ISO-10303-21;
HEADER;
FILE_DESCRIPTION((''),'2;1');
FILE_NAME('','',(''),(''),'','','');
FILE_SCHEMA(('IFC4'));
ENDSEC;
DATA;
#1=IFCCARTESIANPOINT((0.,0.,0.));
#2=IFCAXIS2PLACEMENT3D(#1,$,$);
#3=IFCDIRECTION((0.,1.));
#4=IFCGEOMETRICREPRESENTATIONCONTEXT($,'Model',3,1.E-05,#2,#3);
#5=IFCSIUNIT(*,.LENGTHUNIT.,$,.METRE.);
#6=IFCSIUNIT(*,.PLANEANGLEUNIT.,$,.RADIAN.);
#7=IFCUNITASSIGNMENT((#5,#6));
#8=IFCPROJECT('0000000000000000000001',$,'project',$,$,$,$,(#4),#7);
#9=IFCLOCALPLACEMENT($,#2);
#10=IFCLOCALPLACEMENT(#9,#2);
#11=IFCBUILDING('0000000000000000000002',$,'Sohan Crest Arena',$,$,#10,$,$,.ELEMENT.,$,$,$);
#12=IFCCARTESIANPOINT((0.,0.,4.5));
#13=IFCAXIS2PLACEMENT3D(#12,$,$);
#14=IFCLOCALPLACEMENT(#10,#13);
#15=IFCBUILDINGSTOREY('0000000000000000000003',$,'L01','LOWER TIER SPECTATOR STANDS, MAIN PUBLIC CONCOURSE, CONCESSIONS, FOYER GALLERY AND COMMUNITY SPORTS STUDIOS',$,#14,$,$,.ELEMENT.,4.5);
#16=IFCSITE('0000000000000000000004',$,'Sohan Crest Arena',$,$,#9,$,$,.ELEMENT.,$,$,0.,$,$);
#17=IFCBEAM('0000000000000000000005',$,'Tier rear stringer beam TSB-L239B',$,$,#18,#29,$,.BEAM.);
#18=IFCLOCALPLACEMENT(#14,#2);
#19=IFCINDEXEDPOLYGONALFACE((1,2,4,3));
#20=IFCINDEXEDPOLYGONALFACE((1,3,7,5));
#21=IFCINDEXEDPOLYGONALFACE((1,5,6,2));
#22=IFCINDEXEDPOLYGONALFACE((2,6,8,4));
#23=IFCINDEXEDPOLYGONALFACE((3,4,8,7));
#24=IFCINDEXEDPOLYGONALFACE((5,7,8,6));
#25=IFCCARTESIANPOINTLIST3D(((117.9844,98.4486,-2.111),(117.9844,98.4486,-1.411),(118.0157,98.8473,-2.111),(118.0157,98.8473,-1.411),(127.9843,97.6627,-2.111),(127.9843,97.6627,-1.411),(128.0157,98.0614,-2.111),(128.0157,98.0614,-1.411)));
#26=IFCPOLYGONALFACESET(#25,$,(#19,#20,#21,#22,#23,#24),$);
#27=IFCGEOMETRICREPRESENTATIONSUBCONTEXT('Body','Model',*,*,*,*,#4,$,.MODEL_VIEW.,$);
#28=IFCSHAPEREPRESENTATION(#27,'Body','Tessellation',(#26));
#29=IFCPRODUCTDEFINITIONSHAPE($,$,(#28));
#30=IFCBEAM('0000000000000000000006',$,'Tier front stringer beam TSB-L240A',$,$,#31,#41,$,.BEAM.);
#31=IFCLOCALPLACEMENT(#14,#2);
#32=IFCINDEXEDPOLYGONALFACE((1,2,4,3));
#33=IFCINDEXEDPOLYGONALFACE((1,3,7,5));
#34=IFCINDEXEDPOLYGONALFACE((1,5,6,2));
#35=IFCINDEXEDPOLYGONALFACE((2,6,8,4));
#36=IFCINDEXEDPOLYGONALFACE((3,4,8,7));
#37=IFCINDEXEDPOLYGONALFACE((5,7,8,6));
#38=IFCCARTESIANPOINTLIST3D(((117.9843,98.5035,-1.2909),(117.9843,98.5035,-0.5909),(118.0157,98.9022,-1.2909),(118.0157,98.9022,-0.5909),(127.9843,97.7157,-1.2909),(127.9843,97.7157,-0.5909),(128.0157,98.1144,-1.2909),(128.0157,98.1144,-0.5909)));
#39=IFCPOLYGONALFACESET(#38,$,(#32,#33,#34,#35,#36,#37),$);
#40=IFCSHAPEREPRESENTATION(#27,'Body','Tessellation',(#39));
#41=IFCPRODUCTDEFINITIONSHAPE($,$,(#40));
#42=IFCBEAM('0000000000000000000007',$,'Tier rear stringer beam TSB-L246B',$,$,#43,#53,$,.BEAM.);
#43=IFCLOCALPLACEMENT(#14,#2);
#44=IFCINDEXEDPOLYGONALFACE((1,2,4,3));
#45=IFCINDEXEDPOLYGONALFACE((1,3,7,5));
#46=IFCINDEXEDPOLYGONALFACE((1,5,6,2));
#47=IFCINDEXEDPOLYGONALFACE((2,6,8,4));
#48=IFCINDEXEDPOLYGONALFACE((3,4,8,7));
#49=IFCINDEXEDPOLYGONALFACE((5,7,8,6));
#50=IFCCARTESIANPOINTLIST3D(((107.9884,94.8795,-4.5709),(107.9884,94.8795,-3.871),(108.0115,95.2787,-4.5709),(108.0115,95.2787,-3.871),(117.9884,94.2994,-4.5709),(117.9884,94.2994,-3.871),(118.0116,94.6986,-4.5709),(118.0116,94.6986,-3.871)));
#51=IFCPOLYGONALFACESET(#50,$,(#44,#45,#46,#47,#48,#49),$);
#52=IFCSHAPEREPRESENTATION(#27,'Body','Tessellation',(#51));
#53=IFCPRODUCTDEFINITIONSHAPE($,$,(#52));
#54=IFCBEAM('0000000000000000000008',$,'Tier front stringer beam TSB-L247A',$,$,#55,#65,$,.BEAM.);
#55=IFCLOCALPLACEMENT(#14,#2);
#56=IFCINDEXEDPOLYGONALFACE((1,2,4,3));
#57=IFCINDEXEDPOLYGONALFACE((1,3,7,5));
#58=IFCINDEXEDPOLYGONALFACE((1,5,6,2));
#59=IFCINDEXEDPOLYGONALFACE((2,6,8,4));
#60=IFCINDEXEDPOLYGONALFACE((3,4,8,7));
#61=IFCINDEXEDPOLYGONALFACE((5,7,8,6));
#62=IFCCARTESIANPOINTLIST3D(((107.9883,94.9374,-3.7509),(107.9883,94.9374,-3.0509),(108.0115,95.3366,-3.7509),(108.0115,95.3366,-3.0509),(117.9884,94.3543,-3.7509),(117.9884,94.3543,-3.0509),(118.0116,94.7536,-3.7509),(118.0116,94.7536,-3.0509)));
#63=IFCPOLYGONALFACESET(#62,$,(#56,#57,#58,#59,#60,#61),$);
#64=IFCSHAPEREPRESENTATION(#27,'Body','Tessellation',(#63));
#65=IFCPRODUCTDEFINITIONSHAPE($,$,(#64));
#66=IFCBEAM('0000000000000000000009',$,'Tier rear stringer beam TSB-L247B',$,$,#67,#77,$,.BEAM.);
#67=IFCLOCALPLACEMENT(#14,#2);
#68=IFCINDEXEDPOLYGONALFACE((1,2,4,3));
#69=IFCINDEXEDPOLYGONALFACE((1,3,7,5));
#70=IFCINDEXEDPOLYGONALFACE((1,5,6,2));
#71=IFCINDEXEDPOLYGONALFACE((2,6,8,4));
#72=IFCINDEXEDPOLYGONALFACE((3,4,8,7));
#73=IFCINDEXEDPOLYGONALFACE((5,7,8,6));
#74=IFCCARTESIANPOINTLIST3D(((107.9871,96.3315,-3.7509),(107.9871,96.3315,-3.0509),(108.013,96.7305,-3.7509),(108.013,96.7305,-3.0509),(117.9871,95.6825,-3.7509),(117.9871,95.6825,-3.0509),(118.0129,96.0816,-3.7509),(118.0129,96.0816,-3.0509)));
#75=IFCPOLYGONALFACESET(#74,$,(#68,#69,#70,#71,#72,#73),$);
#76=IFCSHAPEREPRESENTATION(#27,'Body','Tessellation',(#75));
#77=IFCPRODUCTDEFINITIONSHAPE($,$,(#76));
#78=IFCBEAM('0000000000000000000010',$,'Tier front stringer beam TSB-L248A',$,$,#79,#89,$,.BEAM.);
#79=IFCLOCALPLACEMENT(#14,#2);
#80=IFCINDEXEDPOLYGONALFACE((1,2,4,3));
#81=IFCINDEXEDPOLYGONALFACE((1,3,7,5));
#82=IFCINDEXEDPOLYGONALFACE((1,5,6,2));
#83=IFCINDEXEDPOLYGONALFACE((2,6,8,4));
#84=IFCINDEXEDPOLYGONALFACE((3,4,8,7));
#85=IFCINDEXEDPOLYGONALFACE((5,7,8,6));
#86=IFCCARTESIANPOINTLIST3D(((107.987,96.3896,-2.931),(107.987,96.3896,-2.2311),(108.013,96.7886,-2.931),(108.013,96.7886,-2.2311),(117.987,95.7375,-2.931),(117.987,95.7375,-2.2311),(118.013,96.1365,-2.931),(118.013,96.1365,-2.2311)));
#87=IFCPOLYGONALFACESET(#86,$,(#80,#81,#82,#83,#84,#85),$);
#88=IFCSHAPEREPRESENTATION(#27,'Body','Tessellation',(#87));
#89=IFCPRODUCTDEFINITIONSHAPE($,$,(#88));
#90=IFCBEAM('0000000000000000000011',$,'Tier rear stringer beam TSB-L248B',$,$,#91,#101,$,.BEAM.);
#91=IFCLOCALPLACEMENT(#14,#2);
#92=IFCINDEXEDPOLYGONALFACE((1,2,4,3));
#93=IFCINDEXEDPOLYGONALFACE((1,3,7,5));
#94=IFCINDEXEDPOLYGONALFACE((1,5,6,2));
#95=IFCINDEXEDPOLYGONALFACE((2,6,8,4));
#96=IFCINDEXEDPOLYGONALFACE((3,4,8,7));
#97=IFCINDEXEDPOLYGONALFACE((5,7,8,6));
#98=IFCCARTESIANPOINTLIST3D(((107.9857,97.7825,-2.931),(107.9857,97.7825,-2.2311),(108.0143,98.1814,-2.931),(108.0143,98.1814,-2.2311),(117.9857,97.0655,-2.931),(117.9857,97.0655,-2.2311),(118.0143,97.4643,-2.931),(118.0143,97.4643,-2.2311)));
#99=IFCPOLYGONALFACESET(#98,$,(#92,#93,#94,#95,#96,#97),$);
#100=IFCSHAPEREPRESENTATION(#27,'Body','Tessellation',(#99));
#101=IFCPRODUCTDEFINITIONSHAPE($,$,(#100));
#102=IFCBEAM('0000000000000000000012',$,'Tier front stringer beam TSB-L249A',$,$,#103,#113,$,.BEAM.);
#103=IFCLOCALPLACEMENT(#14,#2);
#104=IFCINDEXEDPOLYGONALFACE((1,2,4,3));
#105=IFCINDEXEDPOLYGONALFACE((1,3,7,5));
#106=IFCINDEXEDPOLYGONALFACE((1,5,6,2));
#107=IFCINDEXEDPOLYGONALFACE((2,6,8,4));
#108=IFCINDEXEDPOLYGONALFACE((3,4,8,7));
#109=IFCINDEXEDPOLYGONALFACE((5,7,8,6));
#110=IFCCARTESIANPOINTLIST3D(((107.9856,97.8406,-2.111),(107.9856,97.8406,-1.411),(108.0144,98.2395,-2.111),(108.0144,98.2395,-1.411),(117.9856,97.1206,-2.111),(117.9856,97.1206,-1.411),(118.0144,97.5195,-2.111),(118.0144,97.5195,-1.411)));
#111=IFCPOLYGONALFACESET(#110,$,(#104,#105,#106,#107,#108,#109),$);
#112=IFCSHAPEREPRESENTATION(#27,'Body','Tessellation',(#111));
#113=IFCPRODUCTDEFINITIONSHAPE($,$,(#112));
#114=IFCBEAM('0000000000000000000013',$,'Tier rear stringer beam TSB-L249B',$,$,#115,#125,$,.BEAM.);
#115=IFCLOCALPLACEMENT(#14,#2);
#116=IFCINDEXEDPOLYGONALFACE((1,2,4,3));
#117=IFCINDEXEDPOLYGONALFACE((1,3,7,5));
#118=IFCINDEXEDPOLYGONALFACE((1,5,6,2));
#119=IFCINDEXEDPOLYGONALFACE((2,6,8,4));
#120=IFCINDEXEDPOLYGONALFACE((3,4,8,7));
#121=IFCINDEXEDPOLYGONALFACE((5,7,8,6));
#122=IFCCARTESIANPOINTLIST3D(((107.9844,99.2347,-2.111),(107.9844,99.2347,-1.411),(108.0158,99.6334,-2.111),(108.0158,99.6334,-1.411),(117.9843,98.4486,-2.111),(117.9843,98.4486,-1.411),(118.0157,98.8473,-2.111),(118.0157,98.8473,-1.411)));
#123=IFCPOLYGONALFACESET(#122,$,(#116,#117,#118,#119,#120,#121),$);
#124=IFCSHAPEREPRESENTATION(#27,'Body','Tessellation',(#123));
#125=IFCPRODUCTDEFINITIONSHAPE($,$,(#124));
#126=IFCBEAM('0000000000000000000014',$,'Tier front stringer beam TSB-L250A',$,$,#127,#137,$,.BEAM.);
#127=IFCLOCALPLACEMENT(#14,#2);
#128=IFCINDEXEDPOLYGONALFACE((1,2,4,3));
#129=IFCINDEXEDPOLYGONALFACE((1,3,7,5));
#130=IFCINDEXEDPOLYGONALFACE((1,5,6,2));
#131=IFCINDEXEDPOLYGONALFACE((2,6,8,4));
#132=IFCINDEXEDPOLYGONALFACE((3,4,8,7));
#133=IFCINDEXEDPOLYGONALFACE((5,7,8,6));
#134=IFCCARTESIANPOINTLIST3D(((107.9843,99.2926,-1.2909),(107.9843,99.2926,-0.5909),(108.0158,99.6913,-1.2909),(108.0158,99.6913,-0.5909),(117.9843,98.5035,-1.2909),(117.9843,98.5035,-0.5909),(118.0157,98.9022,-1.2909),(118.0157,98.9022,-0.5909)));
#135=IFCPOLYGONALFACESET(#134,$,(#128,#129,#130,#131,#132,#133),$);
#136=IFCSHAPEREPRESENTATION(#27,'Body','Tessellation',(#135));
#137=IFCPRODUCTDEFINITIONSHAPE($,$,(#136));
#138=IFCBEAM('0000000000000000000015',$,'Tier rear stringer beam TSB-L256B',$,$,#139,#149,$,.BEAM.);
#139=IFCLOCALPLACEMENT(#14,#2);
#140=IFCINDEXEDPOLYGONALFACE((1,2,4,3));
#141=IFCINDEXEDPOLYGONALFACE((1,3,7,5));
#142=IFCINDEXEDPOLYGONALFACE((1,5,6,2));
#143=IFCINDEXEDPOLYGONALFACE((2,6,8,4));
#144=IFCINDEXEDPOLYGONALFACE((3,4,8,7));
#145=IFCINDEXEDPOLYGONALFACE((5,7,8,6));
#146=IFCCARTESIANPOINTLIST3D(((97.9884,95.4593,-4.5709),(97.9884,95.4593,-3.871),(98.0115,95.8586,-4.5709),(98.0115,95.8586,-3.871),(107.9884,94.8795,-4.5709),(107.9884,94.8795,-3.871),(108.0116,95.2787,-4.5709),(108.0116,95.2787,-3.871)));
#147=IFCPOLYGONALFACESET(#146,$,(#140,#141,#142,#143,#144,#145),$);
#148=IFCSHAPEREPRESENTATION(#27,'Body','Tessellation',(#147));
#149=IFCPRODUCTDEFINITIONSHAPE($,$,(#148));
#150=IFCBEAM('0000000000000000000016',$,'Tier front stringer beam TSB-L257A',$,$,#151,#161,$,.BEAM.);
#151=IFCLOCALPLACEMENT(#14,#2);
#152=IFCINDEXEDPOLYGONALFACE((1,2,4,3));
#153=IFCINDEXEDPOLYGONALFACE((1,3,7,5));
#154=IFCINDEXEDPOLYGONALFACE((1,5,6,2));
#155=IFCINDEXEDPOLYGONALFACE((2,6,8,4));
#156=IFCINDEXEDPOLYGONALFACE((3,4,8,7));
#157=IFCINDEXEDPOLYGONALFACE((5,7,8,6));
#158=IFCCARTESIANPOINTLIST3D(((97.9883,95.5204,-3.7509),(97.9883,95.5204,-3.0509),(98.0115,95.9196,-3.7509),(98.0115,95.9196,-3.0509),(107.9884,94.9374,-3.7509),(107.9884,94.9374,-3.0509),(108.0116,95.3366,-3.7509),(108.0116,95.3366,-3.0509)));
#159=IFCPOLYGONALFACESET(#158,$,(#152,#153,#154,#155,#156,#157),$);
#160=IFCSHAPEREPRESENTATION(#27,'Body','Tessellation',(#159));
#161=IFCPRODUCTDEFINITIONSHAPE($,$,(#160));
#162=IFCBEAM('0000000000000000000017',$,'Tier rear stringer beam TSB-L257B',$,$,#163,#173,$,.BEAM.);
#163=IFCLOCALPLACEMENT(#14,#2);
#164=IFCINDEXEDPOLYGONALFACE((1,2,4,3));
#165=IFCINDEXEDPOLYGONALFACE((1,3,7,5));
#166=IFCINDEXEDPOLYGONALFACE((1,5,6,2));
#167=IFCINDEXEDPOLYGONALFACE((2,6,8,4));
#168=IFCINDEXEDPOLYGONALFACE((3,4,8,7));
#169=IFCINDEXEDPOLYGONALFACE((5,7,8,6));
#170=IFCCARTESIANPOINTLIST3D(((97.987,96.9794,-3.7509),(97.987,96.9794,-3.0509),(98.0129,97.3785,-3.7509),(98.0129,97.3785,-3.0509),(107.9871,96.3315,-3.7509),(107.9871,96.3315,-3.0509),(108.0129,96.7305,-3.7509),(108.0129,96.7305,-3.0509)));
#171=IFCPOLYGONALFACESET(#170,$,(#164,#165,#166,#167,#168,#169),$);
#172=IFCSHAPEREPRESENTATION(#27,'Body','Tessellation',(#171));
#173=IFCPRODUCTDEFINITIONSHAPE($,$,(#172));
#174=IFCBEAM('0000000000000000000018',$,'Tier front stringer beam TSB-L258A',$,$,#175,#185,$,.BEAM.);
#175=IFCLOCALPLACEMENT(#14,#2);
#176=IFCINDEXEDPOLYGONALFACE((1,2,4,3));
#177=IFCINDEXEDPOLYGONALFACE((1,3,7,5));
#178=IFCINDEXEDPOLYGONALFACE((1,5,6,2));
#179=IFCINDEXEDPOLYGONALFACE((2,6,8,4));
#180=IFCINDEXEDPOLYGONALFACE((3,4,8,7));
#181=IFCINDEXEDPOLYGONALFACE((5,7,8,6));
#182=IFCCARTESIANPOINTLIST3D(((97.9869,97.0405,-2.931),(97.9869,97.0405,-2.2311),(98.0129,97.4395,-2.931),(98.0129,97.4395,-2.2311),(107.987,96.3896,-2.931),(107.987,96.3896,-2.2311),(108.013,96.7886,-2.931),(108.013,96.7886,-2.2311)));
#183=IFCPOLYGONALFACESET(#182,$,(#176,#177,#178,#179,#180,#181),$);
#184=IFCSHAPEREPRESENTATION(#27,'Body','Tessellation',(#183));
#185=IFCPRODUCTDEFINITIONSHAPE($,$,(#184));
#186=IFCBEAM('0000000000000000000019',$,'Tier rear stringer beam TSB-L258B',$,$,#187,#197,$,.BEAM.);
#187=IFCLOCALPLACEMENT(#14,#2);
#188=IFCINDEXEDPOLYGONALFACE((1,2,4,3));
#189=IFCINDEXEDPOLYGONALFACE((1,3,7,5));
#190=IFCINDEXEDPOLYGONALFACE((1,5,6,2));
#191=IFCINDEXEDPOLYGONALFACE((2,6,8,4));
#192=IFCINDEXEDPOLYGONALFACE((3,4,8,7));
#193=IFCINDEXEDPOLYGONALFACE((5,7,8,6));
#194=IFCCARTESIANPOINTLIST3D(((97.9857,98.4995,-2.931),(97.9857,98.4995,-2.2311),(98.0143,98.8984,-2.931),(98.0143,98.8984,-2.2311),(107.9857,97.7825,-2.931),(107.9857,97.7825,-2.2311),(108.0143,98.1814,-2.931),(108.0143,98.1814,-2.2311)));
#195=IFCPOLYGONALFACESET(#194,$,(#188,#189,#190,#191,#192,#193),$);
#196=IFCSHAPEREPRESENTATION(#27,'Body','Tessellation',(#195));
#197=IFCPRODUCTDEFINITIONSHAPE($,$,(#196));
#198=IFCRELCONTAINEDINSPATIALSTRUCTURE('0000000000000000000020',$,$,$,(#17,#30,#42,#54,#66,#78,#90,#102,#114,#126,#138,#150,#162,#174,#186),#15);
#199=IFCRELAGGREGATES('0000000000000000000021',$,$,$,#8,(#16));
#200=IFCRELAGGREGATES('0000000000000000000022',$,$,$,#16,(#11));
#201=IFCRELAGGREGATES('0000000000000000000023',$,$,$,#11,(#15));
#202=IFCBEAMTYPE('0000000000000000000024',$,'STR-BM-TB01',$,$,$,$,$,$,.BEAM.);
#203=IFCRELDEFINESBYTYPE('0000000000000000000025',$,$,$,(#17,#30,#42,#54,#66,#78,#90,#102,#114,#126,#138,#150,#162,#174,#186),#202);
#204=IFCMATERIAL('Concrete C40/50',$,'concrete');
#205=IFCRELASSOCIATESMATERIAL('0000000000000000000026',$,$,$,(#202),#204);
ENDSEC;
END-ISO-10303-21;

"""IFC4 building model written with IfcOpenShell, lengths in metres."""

from ifc_helpers import new_model, si_unit, direction, frame, origin, origin_2d, place, context, subcontext, project, spatial, rectangle, extrude, material, material_profile, profile_set, type_object, element, save


model = new_model("IFC4")

# Units and contexts
model_context = context("Model", 3, precision=1e-05, world=origin(), true_north=direction((0.0, 1.0)))
body_context = subcontext(model_context, "Body", "Model", "MODEL_VIEW")
ifc_project = project(units=[si_unit("LENGTHUNIT", "METRE"), si_unit("PLANEANGLEUNIT", "RADIAN")], contexts=[model_context])

# Site, building, storey
site_placement = place(None, origin())
site = spatial("IfcSite", under=ifc_project, at=site_placement, Name="Sohan Crest Arena", CompositionType="ELEMENT", RefElevation=0.0)
building_placement = place(site_placement, origin())
building = spatial("IfcBuilding", under=site, at=building_placement, Name="Sohan Crest Arena", CompositionType="ELEMENT")
storey_placement = place(building_placement, frame((0.0, 0.0, 4.5)))
storey = spatial("IfcBuildingStorey", under=building, at=storey_placement, Name="L01", Description="LOWER TIER SPECTATOR STANDS, MAIN PUBLIC CONCOURSE, CONCESSIONS, FOYER GALLERY AND COMMUNITY SPORTS STUDIOS", CompositionType="ELEMENT", Elevation=4.5)

# Shared definitions
ifc_material_1 = material(Name="Concrete C40/50", Category="concrete")

# Beams
ifc_material_profile_1 = material_profile(ifc_material_1, rectangle(XDim=0.3999, YDim=0.7, at=origin_2d()), Name="RC-BM 400x700")
ifc_profile_set_1 = profile_set([ifc_material_profile_1], Name="Concrete C40/50")
beam_type_1 = type_object("IfcBeamType", Name="STR-BM-TB01", PredefinedType="BEAM", material=ifc_profile_set_1)
beam_1_placement = place(storey_placement, frame((128.0, 97.8621, -1.761), z_axis=(-0.996926, 0.078347, 0.0), x_axis=(-0.078347, -0.996926, 0.0)))
element("IfcBeam", 1, at=beam_1_placement, inside=storey, type_object=beam_type_1, Name="Tier rear stringer beam TSB-L239B", PredefinedType="BEAM", context=body_context, shape_type="SweptSolid", body=[
    extrude(rectangle(XDim=0.3999, YDim=0.7, at=origin_2d()), origin(), (0.0, 0.0, 1.0), 10.0308),
])
beam_2_placement = place(storey_placement, frame((128.0, 97.915, -0.9409), z_axis=(-0.996911, 0.078541, 0.0), x_axis=(-0.078541, -0.996911, 0.0)))
element("IfcBeam", 2, at=beam_2_placement, inside=storey, type_object=beam_type_1, Name="Tier front stringer beam TSB-L240A", PredefinedType="BEAM", context=body_context, shape_type="SweptSolid", body=[
    extrude(rectangle(XDim=0.3999, YDim=0.7, at=origin_2d()), origin(), (0.0, 0.0, 1.0), 10.031),
])
beam_3_placement = place(storey_placement, frame((118.0, 94.499, -4.2209), z_axis=(-0.998322, 0.05791, 0.0), x_axis=(-0.05791, -0.998322, 0.0)))
element("IfcBeam", 3, at=beam_3_placement, inside=storey, type_object=beam_type_1, Name="Tier rear stringer beam TSB-L246B", PredefinedType="BEAM", context=body_context, shape_type="SweptSolid", body=[
    extrude(rectangle(XDim=0.3999, YDim=0.7, at=origin_2d()), origin(), (0.0, 0.0, 1.0), 10.0168),
])
beam_4_placement = place(storey_placement, frame((118.0, 94.554, -3.4009), z_axis=(-0.998305, 0.058202, 0.0), x_axis=(-0.058202, -0.998305, 0.0)))
element("IfcBeam", 4, at=beam_4_placement, inside=storey, type_object=beam_type_1, Name="Tier front stringer beam TSB-L247A", PredefinedType="BEAM", context=body_context, shape_type="SweptSolid", body=[
    extrude(rectangle(XDim=0.3999, YDim=0.7, at=origin_2d()), origin(), (0.0, 0.0, 1.0), 10.0171),
])
beam_5_placement = place(storey_placement, frame((118.0, 95.8821, -3.4009), z_axis=(-0.997901, 0.064756, 0.0), x_axis=(-0.064756, -0.997901, 0.0)))
element("IfcBeam", 5, at=beam_5_placement, inside=storey, type_object=beam_type_1, Name="Tier rear stringer beam TSB-L247B", PredefinedType="BEAM", context=body_context, shape_type="SweptSolid", body=[
    extrude(rectangle(XDim=0.3999, YDim=0.7, at=origin_2d()), origin(), (0.0, 0.0, 1.0), 10.021),
])
beam_6_placement = place(storey_placement, frame((118.0, 95.937, -2.5811), z_axis=(-0.997881, 0.065072, 0.0), x_axis=(-0.065072, -0.997881, 0.0)))
element("IfcBeam", 6, at=beam_6_placement, inside=storey, type_object=beam_type_1, Name="Tier front stringer beam TSB-L248A", PredefinedType="BEAM", context=body_context, shape_type="SweptSolid", body=[
    extrude(rectangle(XDim=0.3999, YDim=0.7, at=origin_2d()), origin(), (0.0, 0.0, 1.0), 10.0212),
])
beam_7_placement = place(storey_placement, frame((118.0, 97.2649, -2.5811), z_axis=(-0.997439, 0.07152, 0.0), x_axis=(-0.07152, -0.997439, 0.0)))
element("IfcBeam", 7, at=beam_7_placement, inside=storey, type_object=beam_type_1, Name="Tier rear stringer beam TSB-L248B", PredefinedType="BEAM", context=body_context, shape_type="SweptSolid", body=[
    extrude(rectangle(XDim=0.3999, YDim=0.7, at=origin_2d()), origin(), (0.0, 0.0, 1.0), 10.0256),
])
beam_8_placement = place(storey_placement, frame((118.0, 97.3201, -1.761), z_axis=(-0.997418, 0.071811, 0.0), x_axis=(-0.071811, -0.997418, 0.0)))
element("IfcBeam", 8, at=beam_8_placement, inside=storey, type_object=beam_type_1, Name="Tier front stringer beam TSB-L249A", PredefinedType="BEAM", context=body_context, shape_type="SweptSolid", body=[
    extrude(rectangle(XDim=0.3999, YDim=0.7, at=origin_2d()), origin(), (0.0, 0.0, 1.0), 10.0259),
])
beam_9_placement = place(storey_placement, frame((118.0, 98.6479, -1.761), z_axis=(-0.996924, 0.078371, 0.0), x_axis=(-0.078371, -0.996924, 0.0)))
element("IfcBeam", 9, at=beam_9_placement, inside=storey, type_object=beam_type_1, Name="Tier rear stringer beam TSB-L249B", PredefinedType="BEAM", context=body_context, shape_type="SweptSolid", body=[
    extrude(rectangle(XDim=0.3999, YDim=0.7, at=origin_2d()), origin(), (0.0, 0.0, 1.0), 10.0308),
])
beam_10_placement = place(storey_placement, frame((118.0, 98.7029, -0.9409), z_axis=(-0.996901, 0.078662, 0.0), x_axis=(-0.078662, -0.996901, 0.0)))
element("IfcBeam", 10, at=beam_10_placement, inside=storey, type_object=beam_type_1, Name="Tier front stringer beam TSB-L250A", PredefinedType="BEAM", context=body_context, shape_type="SweptSolid", body=[
    extrude(rectangle(XDim=0.3999, YDim=0.7, at=origin_2d()), origin(), (0.0, 0.0, 1.0), 10.031),
])
beam_11_placement = place(storey_placement, frame((108.0, 95.0791, -4.2209), z_axis=(-0.998323, 0.057886, 0.0), x_axis=(-0.057886, -0.998323, 0.0)))
element("IfcBeam", 11, at=beam_11_placement, inside=storey, type_object=beam_type_1, Name="Tier rear stringer beam TSB-L256B", PredefinedType="BEAM", context=body_context, shape_type="SweptSolid", body=[
    extrude(rectangle(XDim=0.3999, YDim=0.7, at=origin_2d()), origin(), (0.0, 0.0, 1.0), 10.0168),
])
beam_12_placement = place(storey_placement, frame((108.0, 95.137, -3.4009), z_axis=(-0.998305, 0.058202, 0.0), x_axis=(-0.058202, -0.998305, 0.0)))
element("IfcBeam", 12, at=beam_12_placement, inside=storey, type_object=beam_type_1, Name="Tier front stringer beam TSB-L257A", PredefinedType="BEAM", context=body_context, shape_type="SweptSolid", body=[
    extrude(rectangle(XDim=0.3999, YDim=0.7, at=origin_2d()), origin(), (0.0, 0.0, 1.0), 10.0171),
])
beam_13_placement = place(storey_placement, frame((108.0, 96.531, -3.4009), z_axis=(-0.997907, 0.064659, 0.0), x_axis=(-0.064659, -0.997907, 0.0)))
element("IfcBeam", 13, at=beam_13_placement, inside=storey, type_object=beam_type_1, Name="Tier rear stringer beam TSB-L257B", PredefinedType="BEAM", context=body_context, shape_type="SweptSolid", body=[
    extrude(rectangle(XDim=0.3999, YDim=0.7, at=origin_2d()), origin(), (0.0, 0.0, 1.0), 10.021),
])
beam_14_placement = place(storey_placement, frame((108.0, 96.5891, -2.5811), z_axis=(-0.997888, 0.06495, 0.0), x_axis=(-0.06495, -0.997888, 0.0)))
element("IfcBeam", 14, at=beam_14_placement, inside=storey, type_object=beam_type_1, Name="Tier front stringer beam TSB-L258A", PredefinedType="BEAM", context=body_context, shape_type="SweptSolid", body=[
    extrude(rectangle(XDim=0.3999, YDim=0.7, at=origin_2d()), origin(), (0.0, 0.0, 1.0), 10.0212),
])
beam_15_placement = place(storey_placement, frame((108.0, 97.9819, -2.5811), z_axis=(-0.997439, 0.07152, 0.0), x_axis=(-0.07152, -0.997439, 0.0)))
element("IfcBeam", 15, at=beam_15_placement, inside=storey, type_object=beam_type_1, Name="Tier rear stringer beam TSB-L258B", PredefinedType="BEAM", context=body_context, shape_type="SweptSolid", body=[
    extrude(rectangle(XDim=0.3999, YDim=0.7, at=origin_2d()), origin(), (0.0, 0.0, 1.0), 10.0256),
])

save(model, "model.ifc")
